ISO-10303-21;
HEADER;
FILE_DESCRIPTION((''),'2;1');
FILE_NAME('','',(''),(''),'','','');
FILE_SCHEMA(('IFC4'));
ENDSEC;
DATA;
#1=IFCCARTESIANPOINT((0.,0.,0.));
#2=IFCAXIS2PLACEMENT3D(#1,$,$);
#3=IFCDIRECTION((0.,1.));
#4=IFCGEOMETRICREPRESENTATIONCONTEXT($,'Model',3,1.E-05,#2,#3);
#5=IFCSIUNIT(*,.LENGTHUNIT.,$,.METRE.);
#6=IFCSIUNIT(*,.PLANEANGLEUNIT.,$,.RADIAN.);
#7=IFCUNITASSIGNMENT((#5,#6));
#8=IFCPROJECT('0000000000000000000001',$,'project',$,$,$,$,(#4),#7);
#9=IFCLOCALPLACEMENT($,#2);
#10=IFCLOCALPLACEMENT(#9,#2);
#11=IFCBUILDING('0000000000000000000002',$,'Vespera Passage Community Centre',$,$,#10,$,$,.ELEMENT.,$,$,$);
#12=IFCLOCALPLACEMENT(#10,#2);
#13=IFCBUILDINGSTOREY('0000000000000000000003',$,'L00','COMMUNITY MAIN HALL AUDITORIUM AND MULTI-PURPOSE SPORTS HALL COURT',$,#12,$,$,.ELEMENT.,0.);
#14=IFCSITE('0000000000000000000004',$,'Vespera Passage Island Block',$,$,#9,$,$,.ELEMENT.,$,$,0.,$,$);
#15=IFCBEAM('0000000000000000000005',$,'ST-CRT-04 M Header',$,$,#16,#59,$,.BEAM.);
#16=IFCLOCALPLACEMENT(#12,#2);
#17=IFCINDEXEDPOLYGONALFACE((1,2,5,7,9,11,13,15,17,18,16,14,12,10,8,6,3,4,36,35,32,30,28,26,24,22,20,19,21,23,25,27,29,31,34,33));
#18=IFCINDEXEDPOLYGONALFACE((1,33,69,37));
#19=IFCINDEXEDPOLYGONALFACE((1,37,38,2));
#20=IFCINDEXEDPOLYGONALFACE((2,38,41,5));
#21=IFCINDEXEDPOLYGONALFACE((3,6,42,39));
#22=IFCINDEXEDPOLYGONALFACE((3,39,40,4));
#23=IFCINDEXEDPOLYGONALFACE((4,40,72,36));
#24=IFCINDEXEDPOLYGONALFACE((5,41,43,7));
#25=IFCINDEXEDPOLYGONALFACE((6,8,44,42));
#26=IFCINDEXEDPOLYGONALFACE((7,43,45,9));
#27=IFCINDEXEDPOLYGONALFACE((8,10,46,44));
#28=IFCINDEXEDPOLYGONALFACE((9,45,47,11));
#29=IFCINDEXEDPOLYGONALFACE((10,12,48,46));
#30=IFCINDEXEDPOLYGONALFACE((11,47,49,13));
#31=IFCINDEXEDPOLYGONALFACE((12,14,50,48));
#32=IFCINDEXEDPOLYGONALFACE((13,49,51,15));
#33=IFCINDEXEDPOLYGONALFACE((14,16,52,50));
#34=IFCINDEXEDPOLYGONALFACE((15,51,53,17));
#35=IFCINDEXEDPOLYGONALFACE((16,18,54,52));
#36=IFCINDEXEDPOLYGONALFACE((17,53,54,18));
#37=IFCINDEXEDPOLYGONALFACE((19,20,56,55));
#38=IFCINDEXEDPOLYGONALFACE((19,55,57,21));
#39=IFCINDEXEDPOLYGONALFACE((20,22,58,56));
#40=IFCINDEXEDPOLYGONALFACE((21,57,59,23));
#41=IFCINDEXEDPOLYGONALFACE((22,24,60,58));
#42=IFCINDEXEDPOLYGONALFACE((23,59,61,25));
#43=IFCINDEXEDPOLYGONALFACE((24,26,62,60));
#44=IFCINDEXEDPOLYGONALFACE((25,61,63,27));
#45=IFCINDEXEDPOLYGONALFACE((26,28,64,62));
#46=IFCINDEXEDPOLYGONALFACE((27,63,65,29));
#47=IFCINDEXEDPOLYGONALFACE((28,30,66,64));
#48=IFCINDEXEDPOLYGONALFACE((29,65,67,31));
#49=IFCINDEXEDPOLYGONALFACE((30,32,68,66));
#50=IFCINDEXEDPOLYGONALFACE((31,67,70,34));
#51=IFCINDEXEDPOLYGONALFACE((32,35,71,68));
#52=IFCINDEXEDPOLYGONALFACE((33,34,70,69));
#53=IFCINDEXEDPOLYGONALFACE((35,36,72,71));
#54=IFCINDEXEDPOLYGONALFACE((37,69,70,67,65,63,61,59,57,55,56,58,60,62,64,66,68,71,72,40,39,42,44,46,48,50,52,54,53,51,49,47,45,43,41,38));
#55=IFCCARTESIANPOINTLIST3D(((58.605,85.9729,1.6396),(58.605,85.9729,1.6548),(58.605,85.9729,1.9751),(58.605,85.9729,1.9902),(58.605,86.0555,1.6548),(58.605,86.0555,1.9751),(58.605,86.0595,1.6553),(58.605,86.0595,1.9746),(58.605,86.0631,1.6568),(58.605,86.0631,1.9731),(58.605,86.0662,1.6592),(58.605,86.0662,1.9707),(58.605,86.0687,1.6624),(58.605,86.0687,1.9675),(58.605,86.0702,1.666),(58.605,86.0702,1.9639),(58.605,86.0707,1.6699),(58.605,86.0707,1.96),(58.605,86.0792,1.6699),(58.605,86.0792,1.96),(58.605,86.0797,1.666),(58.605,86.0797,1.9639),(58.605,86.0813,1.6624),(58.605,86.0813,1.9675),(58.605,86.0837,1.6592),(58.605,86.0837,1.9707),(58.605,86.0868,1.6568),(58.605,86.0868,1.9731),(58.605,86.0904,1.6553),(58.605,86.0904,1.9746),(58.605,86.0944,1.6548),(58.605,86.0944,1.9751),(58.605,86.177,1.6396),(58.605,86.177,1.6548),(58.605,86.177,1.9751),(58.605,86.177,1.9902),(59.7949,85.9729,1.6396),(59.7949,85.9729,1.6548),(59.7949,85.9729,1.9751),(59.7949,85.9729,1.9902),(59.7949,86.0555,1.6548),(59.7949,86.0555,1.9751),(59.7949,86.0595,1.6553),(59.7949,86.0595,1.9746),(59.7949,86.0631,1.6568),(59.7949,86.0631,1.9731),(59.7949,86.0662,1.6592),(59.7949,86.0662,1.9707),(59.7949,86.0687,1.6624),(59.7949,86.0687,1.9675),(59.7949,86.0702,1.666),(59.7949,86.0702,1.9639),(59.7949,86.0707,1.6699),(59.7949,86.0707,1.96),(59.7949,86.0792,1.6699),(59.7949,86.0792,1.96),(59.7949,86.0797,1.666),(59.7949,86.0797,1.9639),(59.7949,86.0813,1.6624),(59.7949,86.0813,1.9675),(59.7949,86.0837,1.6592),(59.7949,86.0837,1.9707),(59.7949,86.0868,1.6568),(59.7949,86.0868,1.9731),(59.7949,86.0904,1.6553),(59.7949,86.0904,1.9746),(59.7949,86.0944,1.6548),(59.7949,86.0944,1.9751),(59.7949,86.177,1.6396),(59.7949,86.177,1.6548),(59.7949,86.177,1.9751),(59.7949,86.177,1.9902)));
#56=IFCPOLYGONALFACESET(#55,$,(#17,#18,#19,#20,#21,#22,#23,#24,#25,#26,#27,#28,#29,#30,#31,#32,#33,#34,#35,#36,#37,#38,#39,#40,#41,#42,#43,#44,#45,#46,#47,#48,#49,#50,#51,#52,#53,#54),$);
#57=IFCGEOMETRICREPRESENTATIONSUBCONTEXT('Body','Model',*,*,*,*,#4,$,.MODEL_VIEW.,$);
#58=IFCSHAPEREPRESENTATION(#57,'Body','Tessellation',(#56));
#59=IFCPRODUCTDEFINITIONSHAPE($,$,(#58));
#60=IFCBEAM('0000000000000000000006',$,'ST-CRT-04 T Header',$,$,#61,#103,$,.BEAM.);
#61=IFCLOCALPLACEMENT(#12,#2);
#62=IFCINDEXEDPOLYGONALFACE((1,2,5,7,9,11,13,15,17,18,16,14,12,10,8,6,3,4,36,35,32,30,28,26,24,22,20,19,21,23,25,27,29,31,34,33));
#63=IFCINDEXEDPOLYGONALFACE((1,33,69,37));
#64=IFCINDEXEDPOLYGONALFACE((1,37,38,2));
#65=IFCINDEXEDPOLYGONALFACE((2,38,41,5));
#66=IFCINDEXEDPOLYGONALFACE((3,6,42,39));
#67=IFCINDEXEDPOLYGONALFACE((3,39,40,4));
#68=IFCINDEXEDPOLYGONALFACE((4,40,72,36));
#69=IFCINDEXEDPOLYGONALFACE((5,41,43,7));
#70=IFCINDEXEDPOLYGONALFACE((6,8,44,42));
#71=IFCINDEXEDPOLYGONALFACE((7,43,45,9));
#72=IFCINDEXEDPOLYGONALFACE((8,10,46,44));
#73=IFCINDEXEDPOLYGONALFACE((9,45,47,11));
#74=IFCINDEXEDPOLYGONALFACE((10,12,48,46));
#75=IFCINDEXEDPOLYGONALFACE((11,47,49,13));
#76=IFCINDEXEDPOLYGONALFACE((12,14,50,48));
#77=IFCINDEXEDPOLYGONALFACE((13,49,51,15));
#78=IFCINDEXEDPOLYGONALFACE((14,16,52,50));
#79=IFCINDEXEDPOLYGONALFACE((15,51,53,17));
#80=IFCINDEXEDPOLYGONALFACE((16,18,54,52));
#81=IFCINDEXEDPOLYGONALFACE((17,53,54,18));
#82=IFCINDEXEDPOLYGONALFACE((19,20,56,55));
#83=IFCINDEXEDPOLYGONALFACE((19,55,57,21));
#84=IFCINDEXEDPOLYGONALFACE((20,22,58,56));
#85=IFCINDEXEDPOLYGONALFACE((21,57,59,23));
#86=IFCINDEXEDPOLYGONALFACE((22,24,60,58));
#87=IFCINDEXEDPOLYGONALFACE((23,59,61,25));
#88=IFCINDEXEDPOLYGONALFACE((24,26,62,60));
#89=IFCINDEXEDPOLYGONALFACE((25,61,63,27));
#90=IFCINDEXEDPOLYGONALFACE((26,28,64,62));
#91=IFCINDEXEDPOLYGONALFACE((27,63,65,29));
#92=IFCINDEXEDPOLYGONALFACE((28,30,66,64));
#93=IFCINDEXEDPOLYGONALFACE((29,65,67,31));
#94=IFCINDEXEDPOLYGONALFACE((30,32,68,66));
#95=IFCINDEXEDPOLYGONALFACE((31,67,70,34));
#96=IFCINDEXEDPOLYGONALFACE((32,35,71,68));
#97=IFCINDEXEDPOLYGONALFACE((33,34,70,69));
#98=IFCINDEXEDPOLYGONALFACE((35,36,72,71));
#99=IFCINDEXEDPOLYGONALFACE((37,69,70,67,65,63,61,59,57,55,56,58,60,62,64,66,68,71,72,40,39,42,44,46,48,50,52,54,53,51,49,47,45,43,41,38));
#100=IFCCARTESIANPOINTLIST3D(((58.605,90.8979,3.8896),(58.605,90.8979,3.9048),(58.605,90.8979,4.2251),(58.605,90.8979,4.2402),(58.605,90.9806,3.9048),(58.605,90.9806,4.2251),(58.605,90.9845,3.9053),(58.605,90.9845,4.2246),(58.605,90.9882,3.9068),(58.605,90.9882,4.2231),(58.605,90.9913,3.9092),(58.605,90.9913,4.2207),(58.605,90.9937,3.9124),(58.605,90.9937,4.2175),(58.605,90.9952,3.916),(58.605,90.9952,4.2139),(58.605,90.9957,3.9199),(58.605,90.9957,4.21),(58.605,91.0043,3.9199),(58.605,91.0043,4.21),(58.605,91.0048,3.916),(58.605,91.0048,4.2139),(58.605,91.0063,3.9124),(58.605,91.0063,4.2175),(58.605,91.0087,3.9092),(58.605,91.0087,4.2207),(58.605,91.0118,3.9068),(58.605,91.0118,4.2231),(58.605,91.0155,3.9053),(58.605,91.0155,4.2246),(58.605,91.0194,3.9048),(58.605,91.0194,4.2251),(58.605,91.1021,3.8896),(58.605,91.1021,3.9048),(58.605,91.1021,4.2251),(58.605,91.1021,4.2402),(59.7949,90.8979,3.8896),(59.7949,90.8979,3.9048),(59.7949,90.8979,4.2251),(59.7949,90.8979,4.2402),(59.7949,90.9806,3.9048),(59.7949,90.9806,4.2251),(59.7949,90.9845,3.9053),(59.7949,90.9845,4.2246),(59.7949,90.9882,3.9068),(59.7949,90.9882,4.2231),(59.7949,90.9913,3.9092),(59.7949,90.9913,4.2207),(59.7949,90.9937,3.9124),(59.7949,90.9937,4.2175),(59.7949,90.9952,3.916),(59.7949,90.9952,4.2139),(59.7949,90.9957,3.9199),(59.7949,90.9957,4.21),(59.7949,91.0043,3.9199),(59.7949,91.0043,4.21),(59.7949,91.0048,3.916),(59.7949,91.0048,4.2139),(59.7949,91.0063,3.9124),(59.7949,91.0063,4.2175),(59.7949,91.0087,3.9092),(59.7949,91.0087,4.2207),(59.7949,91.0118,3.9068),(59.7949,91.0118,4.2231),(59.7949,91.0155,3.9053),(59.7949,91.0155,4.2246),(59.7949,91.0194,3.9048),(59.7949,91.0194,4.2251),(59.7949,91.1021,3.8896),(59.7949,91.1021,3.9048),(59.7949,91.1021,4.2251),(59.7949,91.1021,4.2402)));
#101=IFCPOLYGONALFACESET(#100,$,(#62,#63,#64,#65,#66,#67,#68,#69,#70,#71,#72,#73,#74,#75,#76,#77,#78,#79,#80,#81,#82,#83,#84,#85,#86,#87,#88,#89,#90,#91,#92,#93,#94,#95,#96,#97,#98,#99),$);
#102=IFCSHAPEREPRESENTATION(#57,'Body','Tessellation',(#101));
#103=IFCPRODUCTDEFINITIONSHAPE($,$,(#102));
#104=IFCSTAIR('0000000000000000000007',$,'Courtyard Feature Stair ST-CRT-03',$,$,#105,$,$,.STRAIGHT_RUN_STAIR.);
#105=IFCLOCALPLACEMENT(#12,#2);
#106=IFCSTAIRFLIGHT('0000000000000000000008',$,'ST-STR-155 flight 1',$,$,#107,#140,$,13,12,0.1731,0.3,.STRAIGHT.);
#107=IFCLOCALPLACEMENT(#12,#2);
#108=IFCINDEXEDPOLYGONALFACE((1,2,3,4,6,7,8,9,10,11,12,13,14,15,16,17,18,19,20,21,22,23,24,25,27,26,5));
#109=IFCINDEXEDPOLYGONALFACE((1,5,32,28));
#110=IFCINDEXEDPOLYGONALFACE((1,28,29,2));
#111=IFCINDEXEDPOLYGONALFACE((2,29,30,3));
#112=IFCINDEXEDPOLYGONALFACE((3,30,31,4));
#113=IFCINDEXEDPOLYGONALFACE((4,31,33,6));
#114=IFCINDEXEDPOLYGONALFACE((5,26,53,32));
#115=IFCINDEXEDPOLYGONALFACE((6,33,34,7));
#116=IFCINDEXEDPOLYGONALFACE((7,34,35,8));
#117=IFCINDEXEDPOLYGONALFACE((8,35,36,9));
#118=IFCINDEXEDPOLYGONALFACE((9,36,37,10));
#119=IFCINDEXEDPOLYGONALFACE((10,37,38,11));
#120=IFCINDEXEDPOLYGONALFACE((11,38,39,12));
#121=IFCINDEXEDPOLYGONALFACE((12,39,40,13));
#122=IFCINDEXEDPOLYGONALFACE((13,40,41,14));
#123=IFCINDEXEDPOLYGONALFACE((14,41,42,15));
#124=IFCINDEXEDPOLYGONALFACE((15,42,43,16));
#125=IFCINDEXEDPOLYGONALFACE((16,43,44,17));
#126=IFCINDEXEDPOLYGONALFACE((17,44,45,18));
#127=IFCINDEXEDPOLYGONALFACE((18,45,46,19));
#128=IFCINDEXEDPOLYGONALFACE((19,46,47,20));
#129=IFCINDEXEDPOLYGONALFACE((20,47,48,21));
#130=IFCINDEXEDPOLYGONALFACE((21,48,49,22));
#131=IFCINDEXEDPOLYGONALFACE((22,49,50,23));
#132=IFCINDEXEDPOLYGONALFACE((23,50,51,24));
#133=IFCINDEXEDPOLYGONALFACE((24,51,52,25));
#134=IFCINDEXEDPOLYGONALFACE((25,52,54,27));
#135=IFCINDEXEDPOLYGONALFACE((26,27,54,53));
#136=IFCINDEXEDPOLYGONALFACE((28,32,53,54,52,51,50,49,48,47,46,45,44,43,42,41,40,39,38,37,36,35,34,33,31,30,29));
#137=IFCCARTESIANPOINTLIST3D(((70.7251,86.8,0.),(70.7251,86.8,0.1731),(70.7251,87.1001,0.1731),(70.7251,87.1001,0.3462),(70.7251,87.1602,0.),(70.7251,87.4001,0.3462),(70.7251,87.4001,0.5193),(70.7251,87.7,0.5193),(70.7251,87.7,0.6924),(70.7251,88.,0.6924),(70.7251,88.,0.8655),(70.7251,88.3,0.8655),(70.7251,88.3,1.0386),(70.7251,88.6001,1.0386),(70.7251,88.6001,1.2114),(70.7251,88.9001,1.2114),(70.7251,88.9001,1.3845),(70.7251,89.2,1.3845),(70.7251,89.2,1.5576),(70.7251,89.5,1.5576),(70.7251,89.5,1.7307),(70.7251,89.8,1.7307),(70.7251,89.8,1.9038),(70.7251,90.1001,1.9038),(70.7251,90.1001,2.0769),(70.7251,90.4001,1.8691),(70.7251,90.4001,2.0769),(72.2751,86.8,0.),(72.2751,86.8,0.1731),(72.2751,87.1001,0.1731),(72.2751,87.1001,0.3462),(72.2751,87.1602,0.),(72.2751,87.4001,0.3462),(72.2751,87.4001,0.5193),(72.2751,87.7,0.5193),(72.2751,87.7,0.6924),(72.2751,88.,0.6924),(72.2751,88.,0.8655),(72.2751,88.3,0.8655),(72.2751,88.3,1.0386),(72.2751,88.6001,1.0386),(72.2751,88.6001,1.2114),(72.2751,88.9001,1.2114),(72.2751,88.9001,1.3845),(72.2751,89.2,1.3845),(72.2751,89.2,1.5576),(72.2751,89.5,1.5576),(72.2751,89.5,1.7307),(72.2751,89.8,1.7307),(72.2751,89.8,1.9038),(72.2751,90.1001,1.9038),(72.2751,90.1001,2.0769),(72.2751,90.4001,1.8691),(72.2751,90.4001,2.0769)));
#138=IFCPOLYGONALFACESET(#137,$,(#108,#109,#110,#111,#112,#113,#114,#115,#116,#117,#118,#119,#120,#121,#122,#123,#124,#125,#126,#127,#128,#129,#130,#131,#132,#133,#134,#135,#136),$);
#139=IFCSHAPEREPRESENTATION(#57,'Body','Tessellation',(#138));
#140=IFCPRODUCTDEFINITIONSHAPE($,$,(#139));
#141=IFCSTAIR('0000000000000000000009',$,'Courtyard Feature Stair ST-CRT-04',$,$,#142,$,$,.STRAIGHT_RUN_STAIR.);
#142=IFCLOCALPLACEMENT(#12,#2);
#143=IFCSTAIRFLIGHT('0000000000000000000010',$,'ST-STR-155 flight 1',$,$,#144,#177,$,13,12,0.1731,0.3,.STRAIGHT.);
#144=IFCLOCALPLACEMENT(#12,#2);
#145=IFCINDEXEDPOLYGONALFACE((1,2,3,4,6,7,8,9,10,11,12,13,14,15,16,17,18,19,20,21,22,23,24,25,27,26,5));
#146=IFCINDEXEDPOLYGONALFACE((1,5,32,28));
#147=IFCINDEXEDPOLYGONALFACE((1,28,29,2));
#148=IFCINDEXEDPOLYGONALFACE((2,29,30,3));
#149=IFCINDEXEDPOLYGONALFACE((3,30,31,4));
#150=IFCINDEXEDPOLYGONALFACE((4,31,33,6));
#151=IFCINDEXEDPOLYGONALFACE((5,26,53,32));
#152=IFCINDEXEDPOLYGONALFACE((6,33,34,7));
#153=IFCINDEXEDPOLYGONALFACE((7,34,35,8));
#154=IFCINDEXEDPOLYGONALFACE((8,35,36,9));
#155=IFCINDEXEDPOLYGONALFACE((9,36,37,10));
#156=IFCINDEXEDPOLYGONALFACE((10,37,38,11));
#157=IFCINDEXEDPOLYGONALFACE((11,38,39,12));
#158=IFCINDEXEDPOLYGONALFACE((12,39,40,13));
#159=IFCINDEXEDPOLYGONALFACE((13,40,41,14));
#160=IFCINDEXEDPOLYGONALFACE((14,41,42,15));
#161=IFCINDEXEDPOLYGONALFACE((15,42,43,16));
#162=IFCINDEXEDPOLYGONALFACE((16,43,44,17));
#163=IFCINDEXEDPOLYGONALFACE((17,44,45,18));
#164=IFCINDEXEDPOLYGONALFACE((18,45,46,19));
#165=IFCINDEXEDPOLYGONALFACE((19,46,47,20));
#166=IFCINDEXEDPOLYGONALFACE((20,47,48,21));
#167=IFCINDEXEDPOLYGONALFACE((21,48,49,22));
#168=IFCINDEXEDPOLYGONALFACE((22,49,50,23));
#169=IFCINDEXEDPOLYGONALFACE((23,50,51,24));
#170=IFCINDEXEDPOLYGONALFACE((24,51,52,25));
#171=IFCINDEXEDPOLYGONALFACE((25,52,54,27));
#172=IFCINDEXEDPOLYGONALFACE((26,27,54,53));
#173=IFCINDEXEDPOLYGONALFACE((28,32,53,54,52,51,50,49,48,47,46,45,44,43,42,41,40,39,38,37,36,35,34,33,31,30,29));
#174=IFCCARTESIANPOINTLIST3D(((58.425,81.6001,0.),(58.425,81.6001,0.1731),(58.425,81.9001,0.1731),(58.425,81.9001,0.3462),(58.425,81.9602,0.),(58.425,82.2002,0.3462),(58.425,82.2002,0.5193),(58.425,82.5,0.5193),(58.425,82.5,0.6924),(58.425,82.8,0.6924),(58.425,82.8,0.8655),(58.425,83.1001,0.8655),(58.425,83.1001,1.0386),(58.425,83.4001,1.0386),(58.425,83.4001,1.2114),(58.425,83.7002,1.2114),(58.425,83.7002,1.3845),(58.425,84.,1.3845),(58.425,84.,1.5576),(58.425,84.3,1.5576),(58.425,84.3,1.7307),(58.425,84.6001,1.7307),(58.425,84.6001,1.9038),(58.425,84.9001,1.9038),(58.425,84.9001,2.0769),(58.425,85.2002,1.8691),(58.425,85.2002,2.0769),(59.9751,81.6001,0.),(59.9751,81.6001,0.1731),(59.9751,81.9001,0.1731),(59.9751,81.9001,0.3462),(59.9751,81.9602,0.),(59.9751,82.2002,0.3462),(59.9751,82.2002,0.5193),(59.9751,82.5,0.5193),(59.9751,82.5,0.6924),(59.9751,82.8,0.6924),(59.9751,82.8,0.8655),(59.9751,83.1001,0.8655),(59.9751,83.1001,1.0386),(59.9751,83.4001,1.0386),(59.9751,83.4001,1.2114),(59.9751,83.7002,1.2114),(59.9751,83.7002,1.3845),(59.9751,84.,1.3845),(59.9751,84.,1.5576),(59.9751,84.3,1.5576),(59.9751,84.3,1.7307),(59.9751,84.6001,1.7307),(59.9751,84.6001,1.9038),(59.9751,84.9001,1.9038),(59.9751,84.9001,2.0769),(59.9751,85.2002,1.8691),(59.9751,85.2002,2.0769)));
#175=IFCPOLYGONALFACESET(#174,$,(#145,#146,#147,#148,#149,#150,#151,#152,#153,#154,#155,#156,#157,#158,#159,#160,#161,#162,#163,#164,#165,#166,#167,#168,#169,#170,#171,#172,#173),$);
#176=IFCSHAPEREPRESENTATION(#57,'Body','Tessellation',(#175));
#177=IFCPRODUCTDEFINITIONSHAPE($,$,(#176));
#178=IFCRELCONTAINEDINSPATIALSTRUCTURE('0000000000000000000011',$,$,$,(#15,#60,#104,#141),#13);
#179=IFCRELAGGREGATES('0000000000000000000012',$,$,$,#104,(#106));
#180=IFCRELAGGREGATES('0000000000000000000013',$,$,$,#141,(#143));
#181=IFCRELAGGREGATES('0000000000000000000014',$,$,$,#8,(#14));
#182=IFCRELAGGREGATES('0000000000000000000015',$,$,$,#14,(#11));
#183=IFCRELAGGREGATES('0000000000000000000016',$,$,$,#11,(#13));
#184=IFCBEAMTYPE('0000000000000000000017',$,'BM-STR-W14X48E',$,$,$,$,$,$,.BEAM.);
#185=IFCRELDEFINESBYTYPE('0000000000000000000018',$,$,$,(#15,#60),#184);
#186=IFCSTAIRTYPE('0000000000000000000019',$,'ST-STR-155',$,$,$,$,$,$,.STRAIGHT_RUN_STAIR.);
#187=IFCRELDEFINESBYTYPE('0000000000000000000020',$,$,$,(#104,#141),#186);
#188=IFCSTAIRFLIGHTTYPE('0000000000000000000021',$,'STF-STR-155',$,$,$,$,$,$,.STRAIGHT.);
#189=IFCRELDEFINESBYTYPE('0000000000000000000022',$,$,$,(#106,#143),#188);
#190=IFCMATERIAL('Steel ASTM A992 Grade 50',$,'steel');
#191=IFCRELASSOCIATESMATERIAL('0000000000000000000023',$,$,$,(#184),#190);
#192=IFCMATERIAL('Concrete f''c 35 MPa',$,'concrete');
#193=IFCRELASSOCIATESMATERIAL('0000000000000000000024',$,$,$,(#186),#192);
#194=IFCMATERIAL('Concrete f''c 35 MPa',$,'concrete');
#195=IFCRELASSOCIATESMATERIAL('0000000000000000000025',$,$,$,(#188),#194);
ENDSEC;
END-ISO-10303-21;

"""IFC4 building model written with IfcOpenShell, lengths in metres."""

from ifc_helpers import new_model, si_unit, direction, frame, origin, origin_2d, place, context, subcontext, project, spatial, polyline, i_section, outline, extrude, material, material_profile, profile_set, type_object, element, aggregate, save


model = new_model("IFC4")

# Units and contexts
model_context = context("Model", 3, precision=1e-05, world=origin(), true_north=direction((0.0, 1.0)))
body_context = subcontext(model_context, "Body", "Model", "MODEL_VIEW")
ifc_project = project(units=[si_unit("LENGTHUNIT", "METRE"), si_unit("PLANEANGLEUNIT", "RADIAN")], contexts=[model_context])

# Site, building, storey
site_placement = place(None, origin())
site = spatial("IfcSite", under=ifc_project, at=site_placement, Name="Vespera Passage Island Block", CompositionType="ELEMENT", RefElevation=0.0)
building_placement = place(site_placement, origin())
building = spatial("IfcBuilding", under=site, at=building_placement, Name="Vespera Passage Community Centre", CompositionType="ELEMENT")
storey_placement = place(building_placement, origin())
storey = spatial("IfcBuildingStorey", under=building, at=storey_placement, Name="L00", Description="COMMUNITY MAIN HALL AUDITORIUM AND MULTI-PURPOSE SPORTS HALL COURT", CompositionType="ELEMENT", Elevation=0.0)

# Beams
ifc_material_1 = material(Name="Steel ASTM A992 Grade 50", Category="steel")
ifc_material_profile_1 = material_profile(ifc_material_1, i_section(OverallWidth=0.2041, OverallDepth=0.3506, WebThickness=0.0085, FlangeThickness=0.0151, FilletRadius=0.0151, at=origin_2d()), Name="W14X48")
ifc_profile_set_1 = profile_set([ifc_material_profile_1], Name="Steel ASTM A992 Grade 50")
beam_type_1 = type_object("IfcBeamType", Name="BM-STR-W14X48E", PredefinedType="BEAM", material=ifc_profile_set_1)
for number, where, z_axis, x_axis, name in (
    (1, (59.7949, 86.075, 1.8149), (-1.0, 0.0, 0.0), (0.0, -1.0, 0.0), "ST-CRT-04 M Header"),
    (2, (59.7949, 91.0, 4.0649), (-1.0, 0.0, 0.0), (0.0, -1.0, 0.0), "ST-CRT-04 T Header"),
):
    element("IfcBeam", number, at=place(storey_placement, frame(where, z_axis=z_axis, x_axis=x_axis)), inside=storey, type_object=beam_type_1, Name=name, PredefinedType="BEAM", context=body_context, shape_type="SweptSolid", body=[
        extrude(i_section(OverallWidth=0.2041, OverallDepth=0.3506, WebThickness=0.0085, FlangeThickness=0.0151, FilletRadius=0.0151, at=origin_2d()), origin(), (0.0, 0.0, 1.0), 1.1899),
    ])

# Stair, stair flight
ifc_material_2 = material(Name="Concrete f'c 35 MPa", Category="concrete")
stair_type = type_object("IfcStairType", Name="ST-STR-155", PredefinedType="STRAIGHT_RUN_STAIR", material=ifc_material_2)
stair_1_placement = place(storey_placement, origin())
stair_1 = element("IfcStair", 3, at=stair_1_placement, inside=storey, type_object=stair_type, Name="Courtyard Feature Stair ST-CRT-03", PredefinedType="STRAIGHT_RUN_STAIR")
ifc_material_3 = material(Name="Concrete f'c 35 MPa", Category="concrete")
stair_flight_type = type_object("IfcStairFlightType", Name="STF-STR-155", PredefinedType="STRAIGHT", material=ifc_material_3)
stair_flight_1_placement = place(storey_placement, frame((71.5, 86.8, 0.0), z_axis=(0.0, 0.0, 1.0), x_axis=(0.0, 1.0, 0.0)))
stair_flight_1 = element("IfcStairFlight", 4, at=stair_flight_1_placement, type_object=stair_flight_type, Name="ST-STR-155 flight 1", NumberOfRisers=13, NumberOfTreads=12, PredefinedType="STRAIGHT", RiserHeight=0.1731, TreadLength=0.3, context=body_context, shape_type="SweptSolid", body=[
    extrude(outline(polyline([(0.0, 0.0), (0.0, 0.1731), (0.3, 0.1731), (0.3, 0.3462), (0.6001, 0.3462), (0.6001, 0.5193), (0.8999, 0.5193), (0.8999, 0.6924), (1.2, 0.6924), (1.2, 0.8655), (1.5, 0.8655), (1.5, 1.0386), (1.8, 1.0386), (1.8, 1.2114), (2.1001, 1.2114), (2.1001, 1.3845), (2.3999, 1.3845), (2.3999, 1.5576), (2.7, 1.5576), (2.7, 1.7307), (3.0, 1.7307), (3.0, 1.9038), (3.3, 1.9038), (3.3, 2.0769), (3.6001, 2.0769), (3.6001, 2.25), (3.6001, 1.8691), (0.3601, 0.0), (0.0, 0.0)])), frame((0.0, 0.7749, 0.0), z_axis=(0.0, -1.0, 0.0), x_axis=(1.0, 0.0, 0.0)), (0.0, 0.0, 1.0), 1.55),
])
aggregate(stair_1, [stair_flight_1])

# Stair, stair flight
stair_2_placement = place(storey_placement, origin())
stair_2 = element("IfcStair", 5, at=stair_2_placement, inside=storey, type_object=stair_type, Name="Courtyard Feature Stair ST-CRT-04", PredefinedType="STRAIGHT_RUN_STAIR")
stair_flight_2_placement = place(storey_placement, frame((59.2, 81.6001, 0.0), z_axis=(0.0, 0.0, 1.0), x_axis=(0.0, 1.0, 0.0)))
stair_flight_2 = element("IfcStairFlight", 6, at=stair_flight_2_placement, type_object=stair_flight_type, Name="ST-STR-155 flight 1", NumberOfRisers=13, NumberOfTreads=12, PredefinedType="STRAIGHT", RiserHeight=0.1731, TreadLength=0.3, context=body_context, shape_type="SweptSolid", body=[
    extrude(outline(polyline([(0.0, 0.0), (0.0, 0.1731), (0.3, 0.1731), (0.3, 0.3462), (0.6001, 0.3462), (0.6001, 0.5193), (0.8999, 0.5193), (0.8999, 0.6924), (1.2, 0.6924), (1.2, 0.8655), (1.5, 0.8655), (1.5, 1.0386), (1.8, 1.0386), (1.8, 1.2114), (2.1001, 1.2114), (2.1001, 1.3845), (2.3999, 1.3845), (2.3999, 1.5576), (2.7, 1.5576), (2.7, 1.7307), (3.0, 1.7307), (3.0, 1.9038), (3.3, 1.9038), (3.3, 2.0769), (3.6001, 2.0769), (3.6001, 2.25), (3.6001, 1.8691), (0.3601, 0.0), (0.0, 0.0)])), frame((0.0, 0.7749, 0.0), z_axis=(0.0, -1.0, 0.0), x_axis=(1.0, 0.0, 0.0)), (0.0, 0.0, 1.0), 1.55),
])
aggregate(stair_2, [stair_flight_2])

save(model, "model.ifc")
